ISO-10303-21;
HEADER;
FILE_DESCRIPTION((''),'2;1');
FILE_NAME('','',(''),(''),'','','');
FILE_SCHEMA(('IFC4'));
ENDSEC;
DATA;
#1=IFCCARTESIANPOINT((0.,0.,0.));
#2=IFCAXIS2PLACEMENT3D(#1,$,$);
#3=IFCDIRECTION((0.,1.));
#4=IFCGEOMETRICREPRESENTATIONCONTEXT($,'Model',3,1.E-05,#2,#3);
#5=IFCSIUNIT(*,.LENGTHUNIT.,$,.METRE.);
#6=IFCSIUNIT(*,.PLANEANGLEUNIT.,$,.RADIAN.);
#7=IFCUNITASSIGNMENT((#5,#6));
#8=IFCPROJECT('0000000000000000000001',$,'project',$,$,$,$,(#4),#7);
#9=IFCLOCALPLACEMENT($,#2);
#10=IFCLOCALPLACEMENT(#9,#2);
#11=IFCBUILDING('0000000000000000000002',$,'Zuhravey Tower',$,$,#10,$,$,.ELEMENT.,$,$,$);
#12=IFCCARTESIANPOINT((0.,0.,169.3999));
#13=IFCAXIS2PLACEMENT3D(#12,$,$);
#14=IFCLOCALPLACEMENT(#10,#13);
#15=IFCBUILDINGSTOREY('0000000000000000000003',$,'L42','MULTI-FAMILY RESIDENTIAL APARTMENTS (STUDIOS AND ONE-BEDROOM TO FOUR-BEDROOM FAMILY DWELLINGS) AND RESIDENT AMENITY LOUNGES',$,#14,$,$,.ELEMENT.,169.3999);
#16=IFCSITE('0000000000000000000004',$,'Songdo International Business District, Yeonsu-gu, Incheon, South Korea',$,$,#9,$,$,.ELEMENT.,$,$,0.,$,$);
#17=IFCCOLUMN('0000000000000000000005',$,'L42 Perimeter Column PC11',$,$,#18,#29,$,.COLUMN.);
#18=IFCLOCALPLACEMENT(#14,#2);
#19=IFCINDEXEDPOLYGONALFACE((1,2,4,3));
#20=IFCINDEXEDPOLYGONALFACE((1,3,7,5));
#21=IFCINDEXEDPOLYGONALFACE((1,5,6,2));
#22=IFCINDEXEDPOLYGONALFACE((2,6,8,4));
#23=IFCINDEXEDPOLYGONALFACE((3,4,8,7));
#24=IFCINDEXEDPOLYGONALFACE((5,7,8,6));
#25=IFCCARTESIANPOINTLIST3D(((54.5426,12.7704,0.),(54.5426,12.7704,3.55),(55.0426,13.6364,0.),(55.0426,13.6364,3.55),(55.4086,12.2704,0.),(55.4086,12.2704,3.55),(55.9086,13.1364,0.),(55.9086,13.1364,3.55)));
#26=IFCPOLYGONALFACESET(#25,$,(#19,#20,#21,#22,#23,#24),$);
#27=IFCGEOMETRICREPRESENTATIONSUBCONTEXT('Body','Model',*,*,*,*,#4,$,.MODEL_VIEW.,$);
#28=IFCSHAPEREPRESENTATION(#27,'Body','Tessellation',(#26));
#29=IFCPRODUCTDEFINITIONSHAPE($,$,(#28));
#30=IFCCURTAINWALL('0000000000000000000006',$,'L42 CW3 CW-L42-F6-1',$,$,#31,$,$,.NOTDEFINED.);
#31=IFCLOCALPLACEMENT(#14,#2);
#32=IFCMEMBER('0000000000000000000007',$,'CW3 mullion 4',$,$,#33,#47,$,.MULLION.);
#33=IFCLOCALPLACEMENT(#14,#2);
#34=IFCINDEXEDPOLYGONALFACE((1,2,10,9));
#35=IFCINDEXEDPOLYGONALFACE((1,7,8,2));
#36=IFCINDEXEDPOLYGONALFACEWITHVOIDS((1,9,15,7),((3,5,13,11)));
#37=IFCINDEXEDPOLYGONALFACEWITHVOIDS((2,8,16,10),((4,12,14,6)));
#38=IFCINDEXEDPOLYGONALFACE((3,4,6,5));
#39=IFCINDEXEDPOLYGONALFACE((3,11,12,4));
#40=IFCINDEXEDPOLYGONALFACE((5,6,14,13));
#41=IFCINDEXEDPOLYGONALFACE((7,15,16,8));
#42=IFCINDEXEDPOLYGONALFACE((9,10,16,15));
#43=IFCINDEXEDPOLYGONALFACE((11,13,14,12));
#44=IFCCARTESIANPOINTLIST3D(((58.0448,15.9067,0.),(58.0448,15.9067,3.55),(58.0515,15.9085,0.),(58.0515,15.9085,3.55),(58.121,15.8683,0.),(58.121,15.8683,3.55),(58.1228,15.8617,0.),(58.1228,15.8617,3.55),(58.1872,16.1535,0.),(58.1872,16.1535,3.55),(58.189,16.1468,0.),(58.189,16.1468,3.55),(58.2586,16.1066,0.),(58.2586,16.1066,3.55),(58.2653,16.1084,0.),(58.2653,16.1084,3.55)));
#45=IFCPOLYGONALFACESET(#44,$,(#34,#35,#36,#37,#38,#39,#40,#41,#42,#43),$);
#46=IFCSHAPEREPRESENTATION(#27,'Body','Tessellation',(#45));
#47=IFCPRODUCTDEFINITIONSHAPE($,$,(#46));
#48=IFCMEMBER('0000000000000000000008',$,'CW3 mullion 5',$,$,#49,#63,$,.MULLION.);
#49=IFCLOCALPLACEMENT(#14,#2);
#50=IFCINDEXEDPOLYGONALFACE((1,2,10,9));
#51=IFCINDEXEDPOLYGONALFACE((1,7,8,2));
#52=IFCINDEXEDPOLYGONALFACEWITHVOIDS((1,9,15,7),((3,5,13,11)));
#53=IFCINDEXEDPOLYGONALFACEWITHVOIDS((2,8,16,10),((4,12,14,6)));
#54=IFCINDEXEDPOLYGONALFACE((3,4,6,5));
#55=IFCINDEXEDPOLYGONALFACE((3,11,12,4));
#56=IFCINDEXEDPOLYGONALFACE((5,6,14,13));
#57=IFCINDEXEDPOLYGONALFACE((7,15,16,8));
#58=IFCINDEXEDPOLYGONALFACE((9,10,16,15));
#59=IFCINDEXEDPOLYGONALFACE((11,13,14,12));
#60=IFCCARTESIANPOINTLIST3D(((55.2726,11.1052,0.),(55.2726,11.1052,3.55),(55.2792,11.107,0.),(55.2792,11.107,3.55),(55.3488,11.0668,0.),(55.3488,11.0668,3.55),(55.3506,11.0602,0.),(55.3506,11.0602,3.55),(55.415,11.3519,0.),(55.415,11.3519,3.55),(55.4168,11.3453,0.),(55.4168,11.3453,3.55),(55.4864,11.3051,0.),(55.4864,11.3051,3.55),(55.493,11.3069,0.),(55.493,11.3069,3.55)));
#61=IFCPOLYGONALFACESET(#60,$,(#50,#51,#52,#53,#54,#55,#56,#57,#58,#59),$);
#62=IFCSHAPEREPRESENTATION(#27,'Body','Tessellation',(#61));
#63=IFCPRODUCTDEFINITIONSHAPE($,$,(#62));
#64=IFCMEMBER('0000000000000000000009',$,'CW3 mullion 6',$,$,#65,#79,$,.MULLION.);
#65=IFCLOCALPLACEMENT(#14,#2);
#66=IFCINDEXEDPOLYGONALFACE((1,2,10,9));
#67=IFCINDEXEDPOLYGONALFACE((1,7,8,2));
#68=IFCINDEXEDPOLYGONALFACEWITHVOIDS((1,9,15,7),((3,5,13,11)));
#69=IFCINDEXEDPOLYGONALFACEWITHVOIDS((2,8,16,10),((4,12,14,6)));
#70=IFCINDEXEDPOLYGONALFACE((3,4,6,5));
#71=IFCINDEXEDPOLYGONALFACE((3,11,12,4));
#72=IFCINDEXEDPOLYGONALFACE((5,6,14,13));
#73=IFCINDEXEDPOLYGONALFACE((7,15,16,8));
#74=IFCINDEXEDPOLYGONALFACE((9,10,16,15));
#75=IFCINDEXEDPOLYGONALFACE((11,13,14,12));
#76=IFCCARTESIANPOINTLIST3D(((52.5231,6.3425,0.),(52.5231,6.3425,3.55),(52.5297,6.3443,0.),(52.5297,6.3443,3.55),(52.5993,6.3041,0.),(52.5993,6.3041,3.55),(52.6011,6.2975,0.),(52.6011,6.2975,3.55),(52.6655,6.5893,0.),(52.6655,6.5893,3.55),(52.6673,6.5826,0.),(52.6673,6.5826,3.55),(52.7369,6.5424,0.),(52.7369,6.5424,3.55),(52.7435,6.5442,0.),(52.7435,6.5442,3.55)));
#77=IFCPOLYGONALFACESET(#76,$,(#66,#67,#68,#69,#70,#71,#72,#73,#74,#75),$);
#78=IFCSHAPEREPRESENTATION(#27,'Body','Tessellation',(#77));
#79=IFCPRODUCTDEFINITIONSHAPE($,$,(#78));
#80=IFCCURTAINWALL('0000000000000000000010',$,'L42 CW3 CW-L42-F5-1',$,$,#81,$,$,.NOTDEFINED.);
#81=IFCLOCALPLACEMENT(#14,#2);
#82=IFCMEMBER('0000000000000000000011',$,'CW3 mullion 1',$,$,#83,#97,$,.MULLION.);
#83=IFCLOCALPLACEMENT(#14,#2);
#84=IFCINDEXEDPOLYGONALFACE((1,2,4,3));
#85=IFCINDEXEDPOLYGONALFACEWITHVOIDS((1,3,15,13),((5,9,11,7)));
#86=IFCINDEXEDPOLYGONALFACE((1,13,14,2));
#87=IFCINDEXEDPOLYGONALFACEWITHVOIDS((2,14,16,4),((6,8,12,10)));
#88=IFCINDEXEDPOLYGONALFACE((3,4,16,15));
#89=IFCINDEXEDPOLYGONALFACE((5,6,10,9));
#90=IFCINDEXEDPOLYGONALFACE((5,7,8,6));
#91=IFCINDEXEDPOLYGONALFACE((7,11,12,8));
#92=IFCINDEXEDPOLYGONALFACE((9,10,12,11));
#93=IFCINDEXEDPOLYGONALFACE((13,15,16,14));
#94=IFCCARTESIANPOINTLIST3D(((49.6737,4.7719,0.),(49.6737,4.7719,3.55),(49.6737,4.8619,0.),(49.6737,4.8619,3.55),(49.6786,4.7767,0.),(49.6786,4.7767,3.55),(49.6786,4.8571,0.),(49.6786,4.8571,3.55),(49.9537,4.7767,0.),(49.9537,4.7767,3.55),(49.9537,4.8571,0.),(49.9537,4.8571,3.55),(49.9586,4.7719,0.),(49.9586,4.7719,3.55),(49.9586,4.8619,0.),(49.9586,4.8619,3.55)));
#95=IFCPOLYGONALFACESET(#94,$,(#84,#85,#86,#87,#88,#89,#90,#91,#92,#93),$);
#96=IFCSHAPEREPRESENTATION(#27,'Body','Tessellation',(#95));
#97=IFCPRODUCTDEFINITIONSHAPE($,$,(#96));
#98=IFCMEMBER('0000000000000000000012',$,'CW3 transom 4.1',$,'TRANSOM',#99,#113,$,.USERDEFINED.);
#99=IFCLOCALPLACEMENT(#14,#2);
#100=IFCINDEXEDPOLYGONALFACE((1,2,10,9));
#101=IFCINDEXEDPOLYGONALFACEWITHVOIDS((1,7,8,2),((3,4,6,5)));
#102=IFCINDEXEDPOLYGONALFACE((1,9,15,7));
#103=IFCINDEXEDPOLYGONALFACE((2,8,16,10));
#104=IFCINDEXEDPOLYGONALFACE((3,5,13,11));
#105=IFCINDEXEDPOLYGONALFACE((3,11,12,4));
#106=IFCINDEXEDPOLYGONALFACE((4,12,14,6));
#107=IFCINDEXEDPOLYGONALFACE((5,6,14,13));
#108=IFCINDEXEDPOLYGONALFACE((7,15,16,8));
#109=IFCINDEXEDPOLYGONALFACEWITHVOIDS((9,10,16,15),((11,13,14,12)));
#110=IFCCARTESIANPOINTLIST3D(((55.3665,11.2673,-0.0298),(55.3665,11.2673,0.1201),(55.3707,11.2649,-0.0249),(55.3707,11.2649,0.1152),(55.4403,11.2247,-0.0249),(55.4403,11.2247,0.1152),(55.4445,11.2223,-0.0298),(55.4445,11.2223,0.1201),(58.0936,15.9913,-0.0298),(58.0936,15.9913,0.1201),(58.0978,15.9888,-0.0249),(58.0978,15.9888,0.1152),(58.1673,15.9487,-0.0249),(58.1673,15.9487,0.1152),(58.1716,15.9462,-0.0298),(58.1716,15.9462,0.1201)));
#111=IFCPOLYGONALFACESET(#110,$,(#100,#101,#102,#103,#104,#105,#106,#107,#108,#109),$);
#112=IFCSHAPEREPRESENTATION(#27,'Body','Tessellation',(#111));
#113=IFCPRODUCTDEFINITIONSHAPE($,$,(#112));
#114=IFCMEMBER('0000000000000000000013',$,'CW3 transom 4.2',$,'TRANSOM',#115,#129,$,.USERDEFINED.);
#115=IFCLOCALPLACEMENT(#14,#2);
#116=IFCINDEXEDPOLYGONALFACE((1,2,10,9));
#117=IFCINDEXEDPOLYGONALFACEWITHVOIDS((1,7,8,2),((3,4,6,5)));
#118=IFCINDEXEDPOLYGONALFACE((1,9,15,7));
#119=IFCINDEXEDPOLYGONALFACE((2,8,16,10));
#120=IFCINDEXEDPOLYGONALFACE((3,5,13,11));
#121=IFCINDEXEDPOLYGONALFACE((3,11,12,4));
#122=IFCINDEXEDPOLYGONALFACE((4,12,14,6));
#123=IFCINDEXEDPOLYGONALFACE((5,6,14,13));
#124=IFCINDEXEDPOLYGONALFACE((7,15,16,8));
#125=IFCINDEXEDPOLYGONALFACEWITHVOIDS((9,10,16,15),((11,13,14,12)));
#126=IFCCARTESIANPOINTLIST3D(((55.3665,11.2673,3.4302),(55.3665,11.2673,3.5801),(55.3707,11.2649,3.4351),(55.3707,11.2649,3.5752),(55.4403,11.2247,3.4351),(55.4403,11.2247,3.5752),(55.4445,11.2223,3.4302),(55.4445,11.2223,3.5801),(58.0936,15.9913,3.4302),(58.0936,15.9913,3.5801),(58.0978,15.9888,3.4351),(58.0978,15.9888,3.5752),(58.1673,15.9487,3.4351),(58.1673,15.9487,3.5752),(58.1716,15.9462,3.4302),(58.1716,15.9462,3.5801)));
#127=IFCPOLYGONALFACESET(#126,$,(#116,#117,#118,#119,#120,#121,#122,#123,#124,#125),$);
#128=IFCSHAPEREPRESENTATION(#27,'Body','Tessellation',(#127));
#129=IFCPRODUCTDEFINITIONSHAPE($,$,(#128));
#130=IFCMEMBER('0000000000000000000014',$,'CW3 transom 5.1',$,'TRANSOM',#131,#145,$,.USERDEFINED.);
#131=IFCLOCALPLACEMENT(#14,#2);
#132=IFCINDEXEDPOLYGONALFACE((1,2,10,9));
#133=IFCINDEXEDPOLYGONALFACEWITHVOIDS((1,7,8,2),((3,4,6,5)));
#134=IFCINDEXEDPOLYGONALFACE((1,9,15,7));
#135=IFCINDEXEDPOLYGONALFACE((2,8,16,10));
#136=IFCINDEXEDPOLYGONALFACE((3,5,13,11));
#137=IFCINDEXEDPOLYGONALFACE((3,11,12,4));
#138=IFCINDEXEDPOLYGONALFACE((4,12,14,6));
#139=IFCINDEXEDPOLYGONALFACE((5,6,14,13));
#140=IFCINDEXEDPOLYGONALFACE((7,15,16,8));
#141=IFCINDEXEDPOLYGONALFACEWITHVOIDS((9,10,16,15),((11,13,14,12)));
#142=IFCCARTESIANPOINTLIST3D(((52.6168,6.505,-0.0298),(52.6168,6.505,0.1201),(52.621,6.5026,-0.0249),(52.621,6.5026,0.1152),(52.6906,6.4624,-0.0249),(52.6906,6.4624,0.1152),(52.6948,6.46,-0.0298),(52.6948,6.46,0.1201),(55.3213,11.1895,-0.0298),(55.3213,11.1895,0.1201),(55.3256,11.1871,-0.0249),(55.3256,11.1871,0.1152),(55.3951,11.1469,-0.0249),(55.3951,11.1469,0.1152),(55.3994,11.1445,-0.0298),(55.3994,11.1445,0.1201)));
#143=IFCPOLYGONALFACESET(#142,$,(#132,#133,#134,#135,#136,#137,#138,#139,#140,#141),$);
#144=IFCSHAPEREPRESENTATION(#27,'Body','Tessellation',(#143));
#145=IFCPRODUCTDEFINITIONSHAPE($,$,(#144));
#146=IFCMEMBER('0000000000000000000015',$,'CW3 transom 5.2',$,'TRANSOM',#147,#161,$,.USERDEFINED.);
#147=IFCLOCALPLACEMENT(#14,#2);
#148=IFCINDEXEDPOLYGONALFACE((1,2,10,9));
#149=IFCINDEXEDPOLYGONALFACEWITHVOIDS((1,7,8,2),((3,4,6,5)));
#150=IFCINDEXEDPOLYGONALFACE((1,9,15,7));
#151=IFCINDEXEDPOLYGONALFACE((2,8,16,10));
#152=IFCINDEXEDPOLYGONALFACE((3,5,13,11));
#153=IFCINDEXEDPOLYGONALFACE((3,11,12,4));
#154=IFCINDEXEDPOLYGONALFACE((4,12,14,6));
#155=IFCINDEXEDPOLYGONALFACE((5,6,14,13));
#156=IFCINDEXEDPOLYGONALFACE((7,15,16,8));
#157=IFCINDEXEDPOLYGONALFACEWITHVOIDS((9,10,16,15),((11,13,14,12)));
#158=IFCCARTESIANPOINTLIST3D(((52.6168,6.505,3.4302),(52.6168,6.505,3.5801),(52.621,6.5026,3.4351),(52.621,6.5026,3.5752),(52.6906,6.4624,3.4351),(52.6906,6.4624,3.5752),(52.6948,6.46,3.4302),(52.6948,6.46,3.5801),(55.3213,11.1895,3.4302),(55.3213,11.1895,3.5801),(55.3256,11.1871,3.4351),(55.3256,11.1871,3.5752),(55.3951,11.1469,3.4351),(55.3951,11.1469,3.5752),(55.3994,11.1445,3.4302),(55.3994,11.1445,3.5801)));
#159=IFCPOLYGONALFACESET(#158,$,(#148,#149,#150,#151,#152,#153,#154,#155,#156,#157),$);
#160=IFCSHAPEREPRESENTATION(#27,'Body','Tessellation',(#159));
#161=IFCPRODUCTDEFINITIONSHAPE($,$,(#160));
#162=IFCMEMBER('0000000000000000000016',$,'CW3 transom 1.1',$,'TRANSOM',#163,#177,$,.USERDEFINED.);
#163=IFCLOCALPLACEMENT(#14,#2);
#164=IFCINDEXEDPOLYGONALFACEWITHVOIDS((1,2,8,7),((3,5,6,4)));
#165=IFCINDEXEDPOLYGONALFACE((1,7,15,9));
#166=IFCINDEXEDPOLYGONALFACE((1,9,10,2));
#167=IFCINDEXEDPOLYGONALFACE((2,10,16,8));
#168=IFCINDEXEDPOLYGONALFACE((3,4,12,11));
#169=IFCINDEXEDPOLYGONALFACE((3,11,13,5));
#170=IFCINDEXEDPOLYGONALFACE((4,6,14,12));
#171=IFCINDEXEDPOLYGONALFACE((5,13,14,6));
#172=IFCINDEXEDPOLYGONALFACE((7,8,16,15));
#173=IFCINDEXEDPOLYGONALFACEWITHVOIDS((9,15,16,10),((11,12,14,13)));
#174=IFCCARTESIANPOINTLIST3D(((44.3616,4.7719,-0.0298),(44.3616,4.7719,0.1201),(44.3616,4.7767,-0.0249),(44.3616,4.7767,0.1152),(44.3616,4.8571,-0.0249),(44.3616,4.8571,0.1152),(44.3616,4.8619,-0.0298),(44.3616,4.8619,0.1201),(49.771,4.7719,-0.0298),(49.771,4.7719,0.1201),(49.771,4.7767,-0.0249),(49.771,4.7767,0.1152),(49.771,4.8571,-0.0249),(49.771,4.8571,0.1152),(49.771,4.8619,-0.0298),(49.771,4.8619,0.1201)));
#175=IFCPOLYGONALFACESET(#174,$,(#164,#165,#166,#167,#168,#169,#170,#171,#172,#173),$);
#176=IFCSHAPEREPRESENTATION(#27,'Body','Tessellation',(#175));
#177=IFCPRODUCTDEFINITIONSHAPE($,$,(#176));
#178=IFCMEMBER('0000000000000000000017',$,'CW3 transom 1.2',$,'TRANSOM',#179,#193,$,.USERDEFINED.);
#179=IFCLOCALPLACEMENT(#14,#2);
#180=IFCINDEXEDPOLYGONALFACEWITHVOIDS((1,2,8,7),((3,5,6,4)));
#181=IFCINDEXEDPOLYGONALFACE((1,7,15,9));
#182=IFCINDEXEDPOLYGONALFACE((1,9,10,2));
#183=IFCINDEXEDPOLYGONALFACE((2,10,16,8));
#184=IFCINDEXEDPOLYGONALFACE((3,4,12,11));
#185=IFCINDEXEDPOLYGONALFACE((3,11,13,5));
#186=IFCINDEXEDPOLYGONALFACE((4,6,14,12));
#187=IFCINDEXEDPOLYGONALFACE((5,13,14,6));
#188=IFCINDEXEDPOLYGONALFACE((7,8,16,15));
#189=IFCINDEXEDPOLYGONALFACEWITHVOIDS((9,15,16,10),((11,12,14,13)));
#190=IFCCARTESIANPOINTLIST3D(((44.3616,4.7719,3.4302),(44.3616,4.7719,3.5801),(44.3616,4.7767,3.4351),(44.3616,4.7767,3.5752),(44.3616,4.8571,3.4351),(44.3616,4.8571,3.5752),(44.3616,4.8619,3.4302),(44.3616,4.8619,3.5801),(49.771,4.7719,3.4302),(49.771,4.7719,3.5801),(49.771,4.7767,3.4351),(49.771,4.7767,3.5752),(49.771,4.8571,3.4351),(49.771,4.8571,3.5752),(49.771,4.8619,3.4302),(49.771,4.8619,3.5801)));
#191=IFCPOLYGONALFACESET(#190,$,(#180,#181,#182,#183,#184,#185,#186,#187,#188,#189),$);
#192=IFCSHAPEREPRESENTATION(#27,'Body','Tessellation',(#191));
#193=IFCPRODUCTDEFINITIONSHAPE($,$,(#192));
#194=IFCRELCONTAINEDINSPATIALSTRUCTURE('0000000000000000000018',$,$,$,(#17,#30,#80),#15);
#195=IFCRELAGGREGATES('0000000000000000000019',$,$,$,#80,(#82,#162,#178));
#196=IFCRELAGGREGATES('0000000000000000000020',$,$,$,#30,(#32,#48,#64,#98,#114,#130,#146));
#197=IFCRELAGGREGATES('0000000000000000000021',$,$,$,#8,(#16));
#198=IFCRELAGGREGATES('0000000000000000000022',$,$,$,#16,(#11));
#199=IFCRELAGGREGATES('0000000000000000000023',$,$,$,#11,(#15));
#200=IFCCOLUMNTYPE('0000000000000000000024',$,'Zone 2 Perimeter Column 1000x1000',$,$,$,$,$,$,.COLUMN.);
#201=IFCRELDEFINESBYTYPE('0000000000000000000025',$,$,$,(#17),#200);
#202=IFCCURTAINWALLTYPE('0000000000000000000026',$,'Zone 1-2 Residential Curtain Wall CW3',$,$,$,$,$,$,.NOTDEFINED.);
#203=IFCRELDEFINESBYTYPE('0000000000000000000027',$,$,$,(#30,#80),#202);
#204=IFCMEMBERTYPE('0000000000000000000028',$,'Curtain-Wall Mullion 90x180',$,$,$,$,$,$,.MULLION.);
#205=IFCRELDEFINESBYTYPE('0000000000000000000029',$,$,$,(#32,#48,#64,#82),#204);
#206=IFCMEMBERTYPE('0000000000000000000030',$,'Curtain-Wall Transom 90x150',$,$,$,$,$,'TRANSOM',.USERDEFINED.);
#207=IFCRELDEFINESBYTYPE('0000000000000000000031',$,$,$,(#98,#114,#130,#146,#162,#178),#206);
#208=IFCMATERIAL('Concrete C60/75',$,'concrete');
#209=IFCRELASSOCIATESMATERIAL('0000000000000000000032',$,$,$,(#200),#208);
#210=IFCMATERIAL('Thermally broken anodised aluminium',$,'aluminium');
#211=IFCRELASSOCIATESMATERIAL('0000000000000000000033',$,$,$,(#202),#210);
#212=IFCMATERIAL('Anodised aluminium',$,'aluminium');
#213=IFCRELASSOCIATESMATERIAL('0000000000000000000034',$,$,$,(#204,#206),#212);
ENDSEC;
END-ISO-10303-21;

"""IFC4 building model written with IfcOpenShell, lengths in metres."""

from ifc_helpers import new_model, si_unit, direction, frame, origin, origin_2d, place, context, subcontext, project, spatial, rectangle, hollow_rectangle, extrude, material, material_profile, profile_set, type_object, element, aggregate, save


model = new_model("IFC4")

# Units and contexts
model_context = context("Model", 3, precision=1e-05, world=origin(), true_north=direction((0.0, 1.0)))
body_context = subcontext(model_context, "Body", "Model", "MODEL_VIEW")
ifc_project = project(units=[si_unit("LENGTHUNIT", "METRE"), si_unit("PLANEANGLEUNIT", "RADIAN")], contexts=[model_context])

# Site, building, storey
site_placement = place(None, origin())
site = spatial("IfcSite", under=ifc_project, at=site_placement, Name="Songdo International Business District, Yeonsu-gu, Incheon, South Korea", CompositionType="ELEMENT", RefElevation=0.0)
building_placement = place(site_placement, origin())
building = spatial("IfcBuilding", under=site, at=building_placement, Name="Zuhravey Tower", CompositionType="ELEMENT")
storey_placement = place(building_placement, frame((0.0, 0.0, 169.3999)))
storey = spatial("IfcBuildingStorey", under=building, at=storey_placement, Name="L42", Description="MULTI-FAMILY RESIDENTIAL APARTMENTS (STUDIOS AND ONE-BEDROOM TO FOUR-BEDROOM FAMILY DWELLINGS) AND RESIDENT AMENITY LOUNGES", CompositionType="ELEMENT", Elevation=169.3999)

# Column
ifc_material_1 = material(Name="Concrete C60/75", Category="concrete")
ifc_material_profile_1 = material_profile(ifc_material_1, rectangle(XDim=1.0, YDim=1.0, at=origin_2d()), Name="RC-1000x1000")
ifc_profile_set_1 = profile_set([ifc_material_profile_1], Name="Concrete C60/75")
column_type = type_object("IfcColumnType", Name="Zone 2 Perimeter Column 1000x1000", PredefinedType="COLUMN", material=ifc_profile_set_1)
column_placement = place(storey_placement, frame((55.2256, 12.9534, 0.0), z_axis=(0.0, 0.0, 1.0), x_axis=(0.5, 0.866025, 0.0)))
element("IfcColumn", 1, at=column_placement, inside=storey, type_object=column_type, Name="L42 Perimeter Column PC11", PredefinedType="COLUMN", context=body_context, shape_type="SweptSolid", body=[
    extrude(rectangle(XDim=1.0, YDim=1.0, at=origin_2d()), origin(), (0.0, 0.0, 1.0), 3.55),
])

# Curtain wall, members
ifc_material_2 = material(Name="Thermally broken anodised aluminium", Category="aluminium")
curtain_wall_type = type_object("IfcCurtainWallType", Name="Zone 1-2 Residential Curtain Wall CW3", PredefinedType="NOTDEFINED", material=ifc_material_2)
curtain_wall_1_placement = place(storey_placement, origin())
curtain_wall_1 = element("IfcCurtainWall", 2, at=curtain_wall_1_placement, inside=storey, type_object=curtain_wall_type, Name="L42 CW3 CW-L42-F6-1", PredefinedType="NOTDEFINED")
ifc_material_3 = material(Name="Anodised aluminium", Category="aluminium")
ifc_material_profile_2 = material_profile(ifc_material_3, hollow_rectangle(XDim=0.0901, YDim=0.2849, WallThickness=0.0049, at=origin_2d()), Name="ALU-RHS-90x285x5")
ifc_profile_set_2 = profile_set([ifc_material_profile_2], Name="Anodised aluminium")
member_type_1 = type_object("IfcMemberType", Name="Curtain-Wall Mullion 90x180", PredefinedType="MULLION", material=ifc_profile_set_2)
member_1_placement = place(storey_placement, frame((58.155, 16.0076, 0.0), z_axis=(0.0, 0.0, 1.0), x_axis=(0.866025, -0.5, 0.0)))
member_1 = element("IfcMember", 3, at=member_1_placement, type_object=member_type_1, Name="CW3 mullion 4", PredefinedType="MULLION", context=body_context, shape_type="SweptSolid", body=[
    extrude(hollow_rectangle(XDim=0.0901, YDim=0.2849, WallThickness=0.0049, at=origin_2d()), origin(), (0.0, 0.0, 1.0), 3.55),
])
member_2_placement = place(storey_placement, frame((55.3828, 11.2061, 0.0), z_axis=(0.0, 0.0, 1.0), x_axis=(0.866025, -0.5, 0.0)))
member_2 = element("IfcMember", 4, at=member_2_placement, type_object=member_type_1, Name="CW3 mullion 5", PredefinedType="MULLION", context=body_context, shape_type="SweptSolid", body=[
    extrude(hollow_rectangle(XDim=0.0901, YDim=0.2849, WallThickness=0.0049, at=origin_2d()), origin(), (0.0, 0.0, 1.0), 3.55),
])
member_3_placement = place(storey_placement, frame((52.6333, 6.4434, 0.0), z_axis=(0.0, 0.0, 1.0), x_axis=(0.866025, -0.5, 0.0)))
member_3 = element("IfcMember", 5, at=member_3_placement, type_object=member_type_1, Name="CW3 mullion 6", PredefinedType="MULLION", context=body_context, shape_type="SweptSolid", body=[
    extrude(hollow_rectangle(XDim=0.0901, YDim=0.2849, WallThickness=0.0049, at=origin_2d()), origin(), (0.0, 0.0, 1.0), 3.55),
])

# Curtain wall, member
curtain_wall_2_placement = place(storey_placement, origin())
curtain_wall_2 = element("IfcCurtainWall", 6, at=curtain_wall_2_placement, inside=storey, type_object=curtain_wall_type, Name="L42 CW3 CW-L42-F5-1", PredefinedType="NOTDEFINED")
member_4_placement = place(storey_placement, frame((49.8162, 4.8169, 0.0), z_axis=(0.0, 0.0, 1.0), x_axis=(0.0, -1.0, 0.0)))
member_4 = element("IfcMember", 7, at=member_4_placement, type_object=member_type_1, Name="CW3 mullion 1", PredefinedType="MULLION", context=body_context, shape_type="SweptSolid", body=[
    extrude(hollow_rectangle(XDim=0.0901, YDim=0.2849, WallThickness=0.0049, at=origin_2d()), origin(), (0.0, 0.0, 1.0), 3.55),
])

# Members
ifc_material_profile_3 = material_profile(ifc_material_3, hollow_rectangle(XDim=0.0901, YDim=0.1499, WallThickness=0.0049, at=origin_2d()), Name="ALU-RHS-90x150x5")
ifc_profile_set_3 = profile_set([ifc_material_profile_3], Name="Anodised aluminium")
member_type_2 = type_object("IfcMemberType", Name="Curtain-Wall Transom 90x150", ElementType="TRANSOM", PredefinedType="USERDEFINED", material=ifc_profile_set_3)
member_5_placement = place(storey_placement, frame((58.1326, 15.9688, 0.0452), z_axis=(-0.499961, -0.866048, 0.0), x_axis=(0.866048, -0.499961, 0.0)))
member_5 = element("IfcMember", 8, at=member_5_placement, type_object=member_type_2, Name="CW3 transom 4.1", ObjectType="TRANSOM", PredefinedType="USERDEFINED", context=body_context, shape_type="SweptSolid", body=[
    extrude(hollow_rectangle(XDim=0.0901, YDim=0.1499, WallThickness=0.0049, at=origin_2d()), origin(), (0.0, 0.0, 1.0), 5.4546),
])
member_6_placement = place(storey_placement, frame((58.1326, 15.9688, 3.5051), z_axis=(-0.499961, -0.866048, 0.0), x_axis=(0.866048, -0.499961, 0.0)))
member_6 = element("IfcMember", 9, at=member_6_placement, type_object=member_type_2, Name="CW3 transom 4.2", ObjectType="TRANSOM", PredefinedType="USERDEFINED", context=body_context, shape_type="SweptSolid", body=[
    extrude(hollow_rectangle(XDim=0.0901, YDim=0.1499, WallThickness=0.0049, at=origin_2d()), origin(), (0.0, 0.0, 1.0), 5.4546),
])
member_7_placement = place(storey_placement, frame((55.3604, 11.167, 0.0452), z_axis=(-0.499993, -0.866029, 0.0), x_axis=(0.866029, -0.499993, 0.0)))
member_7 = element("IfcMember", 10, at=member_7_placement, type_object=member_type_2, Name="CW3 transom 5.1", ObjectType="TRANSOM", PredefinedType="USERDEFINED", context=body_context, shape_type="SweptSolid", body=[
    extrude(hollow_rectangle(XDim=0.0901, YDim=0.1499, WallThickness=0.0049, at=origin_2d()), origin(), (0.0, 0.0, 1.0), 5.4092),
])
member_8_placement = place(storey_placement, frame((55.3604, 11.167, 3.5051), z_axis=(-0.499993, -0.866029, 0.0), x_axis=(0.866029, -0.499993, 0.0)))
member_8 = element("IfcMember", 11, at=member_8_placement, type_object=member_type_2, Name="CW3 transom 5.2", ObjectType="TRANSOM", PredefinedType="USERDEFINED", context=body_context, shape_type="SweptSolid", body=[
    extrude(hollow_rectangle(XDim=0.0901, YDim=0.1499, WallThickness=0.0049, at=origin_2d()), origin(), (0.0, 0.0, 1.0), 5.4092),
])
member_9_placement = place(storey_placement, frame((49.771, 4.8169, 0.0452), z_axis=(-1.0, 0.0, 0.0), x_axis=(0.0, -1.0, 0.0)))
member_9 = element("IfcMember", 12, at=member_9_placement, type_object=member_type_2, Name="CW3 transom 1.1", ObjectType="TRANSOM", PredefinedType="USERDEFINED", context=body_context, shape_type="SweptSolid", body=[
    extrude(hollow_rectangle(XDim=0.0901, YDim=0.1499, WallThickness=0.0049, at=origin_2d()), origin(), (0.0, 0.0, 1.0), 5.4094),
])
member_10_placement = place(storey_placement, frame((49.771, 4.8169, 3.5051), z_axis=(-1.0, 0.0, 0.0), x_axis=(0.0, -1.0, 0.0)))
member_10 = element("IfcMember", 13, at=member_10_placement, type_object=member_type_2, Name="CW3 transom 1.2", ObjectType="TRANSOM", PredefinedType="USERDEFINED", context=body_context, shape_type="SweptSolid", body=[
    extrude(hollow_rectangle(XDim=0.0901, YDim=0.1499, WallThickness=0.0049, at=origin_2d()), origin(), (0.0, 0.0, 1.0), 5.4094),
])
aggregate(curtain_wall_2, [member_4, member_9, member_10])

aggregate(curtain_wall_1, [member_1, member_2, member_3, member_5, member_6, member_7, member_8])

save(model, "model.ifc")
